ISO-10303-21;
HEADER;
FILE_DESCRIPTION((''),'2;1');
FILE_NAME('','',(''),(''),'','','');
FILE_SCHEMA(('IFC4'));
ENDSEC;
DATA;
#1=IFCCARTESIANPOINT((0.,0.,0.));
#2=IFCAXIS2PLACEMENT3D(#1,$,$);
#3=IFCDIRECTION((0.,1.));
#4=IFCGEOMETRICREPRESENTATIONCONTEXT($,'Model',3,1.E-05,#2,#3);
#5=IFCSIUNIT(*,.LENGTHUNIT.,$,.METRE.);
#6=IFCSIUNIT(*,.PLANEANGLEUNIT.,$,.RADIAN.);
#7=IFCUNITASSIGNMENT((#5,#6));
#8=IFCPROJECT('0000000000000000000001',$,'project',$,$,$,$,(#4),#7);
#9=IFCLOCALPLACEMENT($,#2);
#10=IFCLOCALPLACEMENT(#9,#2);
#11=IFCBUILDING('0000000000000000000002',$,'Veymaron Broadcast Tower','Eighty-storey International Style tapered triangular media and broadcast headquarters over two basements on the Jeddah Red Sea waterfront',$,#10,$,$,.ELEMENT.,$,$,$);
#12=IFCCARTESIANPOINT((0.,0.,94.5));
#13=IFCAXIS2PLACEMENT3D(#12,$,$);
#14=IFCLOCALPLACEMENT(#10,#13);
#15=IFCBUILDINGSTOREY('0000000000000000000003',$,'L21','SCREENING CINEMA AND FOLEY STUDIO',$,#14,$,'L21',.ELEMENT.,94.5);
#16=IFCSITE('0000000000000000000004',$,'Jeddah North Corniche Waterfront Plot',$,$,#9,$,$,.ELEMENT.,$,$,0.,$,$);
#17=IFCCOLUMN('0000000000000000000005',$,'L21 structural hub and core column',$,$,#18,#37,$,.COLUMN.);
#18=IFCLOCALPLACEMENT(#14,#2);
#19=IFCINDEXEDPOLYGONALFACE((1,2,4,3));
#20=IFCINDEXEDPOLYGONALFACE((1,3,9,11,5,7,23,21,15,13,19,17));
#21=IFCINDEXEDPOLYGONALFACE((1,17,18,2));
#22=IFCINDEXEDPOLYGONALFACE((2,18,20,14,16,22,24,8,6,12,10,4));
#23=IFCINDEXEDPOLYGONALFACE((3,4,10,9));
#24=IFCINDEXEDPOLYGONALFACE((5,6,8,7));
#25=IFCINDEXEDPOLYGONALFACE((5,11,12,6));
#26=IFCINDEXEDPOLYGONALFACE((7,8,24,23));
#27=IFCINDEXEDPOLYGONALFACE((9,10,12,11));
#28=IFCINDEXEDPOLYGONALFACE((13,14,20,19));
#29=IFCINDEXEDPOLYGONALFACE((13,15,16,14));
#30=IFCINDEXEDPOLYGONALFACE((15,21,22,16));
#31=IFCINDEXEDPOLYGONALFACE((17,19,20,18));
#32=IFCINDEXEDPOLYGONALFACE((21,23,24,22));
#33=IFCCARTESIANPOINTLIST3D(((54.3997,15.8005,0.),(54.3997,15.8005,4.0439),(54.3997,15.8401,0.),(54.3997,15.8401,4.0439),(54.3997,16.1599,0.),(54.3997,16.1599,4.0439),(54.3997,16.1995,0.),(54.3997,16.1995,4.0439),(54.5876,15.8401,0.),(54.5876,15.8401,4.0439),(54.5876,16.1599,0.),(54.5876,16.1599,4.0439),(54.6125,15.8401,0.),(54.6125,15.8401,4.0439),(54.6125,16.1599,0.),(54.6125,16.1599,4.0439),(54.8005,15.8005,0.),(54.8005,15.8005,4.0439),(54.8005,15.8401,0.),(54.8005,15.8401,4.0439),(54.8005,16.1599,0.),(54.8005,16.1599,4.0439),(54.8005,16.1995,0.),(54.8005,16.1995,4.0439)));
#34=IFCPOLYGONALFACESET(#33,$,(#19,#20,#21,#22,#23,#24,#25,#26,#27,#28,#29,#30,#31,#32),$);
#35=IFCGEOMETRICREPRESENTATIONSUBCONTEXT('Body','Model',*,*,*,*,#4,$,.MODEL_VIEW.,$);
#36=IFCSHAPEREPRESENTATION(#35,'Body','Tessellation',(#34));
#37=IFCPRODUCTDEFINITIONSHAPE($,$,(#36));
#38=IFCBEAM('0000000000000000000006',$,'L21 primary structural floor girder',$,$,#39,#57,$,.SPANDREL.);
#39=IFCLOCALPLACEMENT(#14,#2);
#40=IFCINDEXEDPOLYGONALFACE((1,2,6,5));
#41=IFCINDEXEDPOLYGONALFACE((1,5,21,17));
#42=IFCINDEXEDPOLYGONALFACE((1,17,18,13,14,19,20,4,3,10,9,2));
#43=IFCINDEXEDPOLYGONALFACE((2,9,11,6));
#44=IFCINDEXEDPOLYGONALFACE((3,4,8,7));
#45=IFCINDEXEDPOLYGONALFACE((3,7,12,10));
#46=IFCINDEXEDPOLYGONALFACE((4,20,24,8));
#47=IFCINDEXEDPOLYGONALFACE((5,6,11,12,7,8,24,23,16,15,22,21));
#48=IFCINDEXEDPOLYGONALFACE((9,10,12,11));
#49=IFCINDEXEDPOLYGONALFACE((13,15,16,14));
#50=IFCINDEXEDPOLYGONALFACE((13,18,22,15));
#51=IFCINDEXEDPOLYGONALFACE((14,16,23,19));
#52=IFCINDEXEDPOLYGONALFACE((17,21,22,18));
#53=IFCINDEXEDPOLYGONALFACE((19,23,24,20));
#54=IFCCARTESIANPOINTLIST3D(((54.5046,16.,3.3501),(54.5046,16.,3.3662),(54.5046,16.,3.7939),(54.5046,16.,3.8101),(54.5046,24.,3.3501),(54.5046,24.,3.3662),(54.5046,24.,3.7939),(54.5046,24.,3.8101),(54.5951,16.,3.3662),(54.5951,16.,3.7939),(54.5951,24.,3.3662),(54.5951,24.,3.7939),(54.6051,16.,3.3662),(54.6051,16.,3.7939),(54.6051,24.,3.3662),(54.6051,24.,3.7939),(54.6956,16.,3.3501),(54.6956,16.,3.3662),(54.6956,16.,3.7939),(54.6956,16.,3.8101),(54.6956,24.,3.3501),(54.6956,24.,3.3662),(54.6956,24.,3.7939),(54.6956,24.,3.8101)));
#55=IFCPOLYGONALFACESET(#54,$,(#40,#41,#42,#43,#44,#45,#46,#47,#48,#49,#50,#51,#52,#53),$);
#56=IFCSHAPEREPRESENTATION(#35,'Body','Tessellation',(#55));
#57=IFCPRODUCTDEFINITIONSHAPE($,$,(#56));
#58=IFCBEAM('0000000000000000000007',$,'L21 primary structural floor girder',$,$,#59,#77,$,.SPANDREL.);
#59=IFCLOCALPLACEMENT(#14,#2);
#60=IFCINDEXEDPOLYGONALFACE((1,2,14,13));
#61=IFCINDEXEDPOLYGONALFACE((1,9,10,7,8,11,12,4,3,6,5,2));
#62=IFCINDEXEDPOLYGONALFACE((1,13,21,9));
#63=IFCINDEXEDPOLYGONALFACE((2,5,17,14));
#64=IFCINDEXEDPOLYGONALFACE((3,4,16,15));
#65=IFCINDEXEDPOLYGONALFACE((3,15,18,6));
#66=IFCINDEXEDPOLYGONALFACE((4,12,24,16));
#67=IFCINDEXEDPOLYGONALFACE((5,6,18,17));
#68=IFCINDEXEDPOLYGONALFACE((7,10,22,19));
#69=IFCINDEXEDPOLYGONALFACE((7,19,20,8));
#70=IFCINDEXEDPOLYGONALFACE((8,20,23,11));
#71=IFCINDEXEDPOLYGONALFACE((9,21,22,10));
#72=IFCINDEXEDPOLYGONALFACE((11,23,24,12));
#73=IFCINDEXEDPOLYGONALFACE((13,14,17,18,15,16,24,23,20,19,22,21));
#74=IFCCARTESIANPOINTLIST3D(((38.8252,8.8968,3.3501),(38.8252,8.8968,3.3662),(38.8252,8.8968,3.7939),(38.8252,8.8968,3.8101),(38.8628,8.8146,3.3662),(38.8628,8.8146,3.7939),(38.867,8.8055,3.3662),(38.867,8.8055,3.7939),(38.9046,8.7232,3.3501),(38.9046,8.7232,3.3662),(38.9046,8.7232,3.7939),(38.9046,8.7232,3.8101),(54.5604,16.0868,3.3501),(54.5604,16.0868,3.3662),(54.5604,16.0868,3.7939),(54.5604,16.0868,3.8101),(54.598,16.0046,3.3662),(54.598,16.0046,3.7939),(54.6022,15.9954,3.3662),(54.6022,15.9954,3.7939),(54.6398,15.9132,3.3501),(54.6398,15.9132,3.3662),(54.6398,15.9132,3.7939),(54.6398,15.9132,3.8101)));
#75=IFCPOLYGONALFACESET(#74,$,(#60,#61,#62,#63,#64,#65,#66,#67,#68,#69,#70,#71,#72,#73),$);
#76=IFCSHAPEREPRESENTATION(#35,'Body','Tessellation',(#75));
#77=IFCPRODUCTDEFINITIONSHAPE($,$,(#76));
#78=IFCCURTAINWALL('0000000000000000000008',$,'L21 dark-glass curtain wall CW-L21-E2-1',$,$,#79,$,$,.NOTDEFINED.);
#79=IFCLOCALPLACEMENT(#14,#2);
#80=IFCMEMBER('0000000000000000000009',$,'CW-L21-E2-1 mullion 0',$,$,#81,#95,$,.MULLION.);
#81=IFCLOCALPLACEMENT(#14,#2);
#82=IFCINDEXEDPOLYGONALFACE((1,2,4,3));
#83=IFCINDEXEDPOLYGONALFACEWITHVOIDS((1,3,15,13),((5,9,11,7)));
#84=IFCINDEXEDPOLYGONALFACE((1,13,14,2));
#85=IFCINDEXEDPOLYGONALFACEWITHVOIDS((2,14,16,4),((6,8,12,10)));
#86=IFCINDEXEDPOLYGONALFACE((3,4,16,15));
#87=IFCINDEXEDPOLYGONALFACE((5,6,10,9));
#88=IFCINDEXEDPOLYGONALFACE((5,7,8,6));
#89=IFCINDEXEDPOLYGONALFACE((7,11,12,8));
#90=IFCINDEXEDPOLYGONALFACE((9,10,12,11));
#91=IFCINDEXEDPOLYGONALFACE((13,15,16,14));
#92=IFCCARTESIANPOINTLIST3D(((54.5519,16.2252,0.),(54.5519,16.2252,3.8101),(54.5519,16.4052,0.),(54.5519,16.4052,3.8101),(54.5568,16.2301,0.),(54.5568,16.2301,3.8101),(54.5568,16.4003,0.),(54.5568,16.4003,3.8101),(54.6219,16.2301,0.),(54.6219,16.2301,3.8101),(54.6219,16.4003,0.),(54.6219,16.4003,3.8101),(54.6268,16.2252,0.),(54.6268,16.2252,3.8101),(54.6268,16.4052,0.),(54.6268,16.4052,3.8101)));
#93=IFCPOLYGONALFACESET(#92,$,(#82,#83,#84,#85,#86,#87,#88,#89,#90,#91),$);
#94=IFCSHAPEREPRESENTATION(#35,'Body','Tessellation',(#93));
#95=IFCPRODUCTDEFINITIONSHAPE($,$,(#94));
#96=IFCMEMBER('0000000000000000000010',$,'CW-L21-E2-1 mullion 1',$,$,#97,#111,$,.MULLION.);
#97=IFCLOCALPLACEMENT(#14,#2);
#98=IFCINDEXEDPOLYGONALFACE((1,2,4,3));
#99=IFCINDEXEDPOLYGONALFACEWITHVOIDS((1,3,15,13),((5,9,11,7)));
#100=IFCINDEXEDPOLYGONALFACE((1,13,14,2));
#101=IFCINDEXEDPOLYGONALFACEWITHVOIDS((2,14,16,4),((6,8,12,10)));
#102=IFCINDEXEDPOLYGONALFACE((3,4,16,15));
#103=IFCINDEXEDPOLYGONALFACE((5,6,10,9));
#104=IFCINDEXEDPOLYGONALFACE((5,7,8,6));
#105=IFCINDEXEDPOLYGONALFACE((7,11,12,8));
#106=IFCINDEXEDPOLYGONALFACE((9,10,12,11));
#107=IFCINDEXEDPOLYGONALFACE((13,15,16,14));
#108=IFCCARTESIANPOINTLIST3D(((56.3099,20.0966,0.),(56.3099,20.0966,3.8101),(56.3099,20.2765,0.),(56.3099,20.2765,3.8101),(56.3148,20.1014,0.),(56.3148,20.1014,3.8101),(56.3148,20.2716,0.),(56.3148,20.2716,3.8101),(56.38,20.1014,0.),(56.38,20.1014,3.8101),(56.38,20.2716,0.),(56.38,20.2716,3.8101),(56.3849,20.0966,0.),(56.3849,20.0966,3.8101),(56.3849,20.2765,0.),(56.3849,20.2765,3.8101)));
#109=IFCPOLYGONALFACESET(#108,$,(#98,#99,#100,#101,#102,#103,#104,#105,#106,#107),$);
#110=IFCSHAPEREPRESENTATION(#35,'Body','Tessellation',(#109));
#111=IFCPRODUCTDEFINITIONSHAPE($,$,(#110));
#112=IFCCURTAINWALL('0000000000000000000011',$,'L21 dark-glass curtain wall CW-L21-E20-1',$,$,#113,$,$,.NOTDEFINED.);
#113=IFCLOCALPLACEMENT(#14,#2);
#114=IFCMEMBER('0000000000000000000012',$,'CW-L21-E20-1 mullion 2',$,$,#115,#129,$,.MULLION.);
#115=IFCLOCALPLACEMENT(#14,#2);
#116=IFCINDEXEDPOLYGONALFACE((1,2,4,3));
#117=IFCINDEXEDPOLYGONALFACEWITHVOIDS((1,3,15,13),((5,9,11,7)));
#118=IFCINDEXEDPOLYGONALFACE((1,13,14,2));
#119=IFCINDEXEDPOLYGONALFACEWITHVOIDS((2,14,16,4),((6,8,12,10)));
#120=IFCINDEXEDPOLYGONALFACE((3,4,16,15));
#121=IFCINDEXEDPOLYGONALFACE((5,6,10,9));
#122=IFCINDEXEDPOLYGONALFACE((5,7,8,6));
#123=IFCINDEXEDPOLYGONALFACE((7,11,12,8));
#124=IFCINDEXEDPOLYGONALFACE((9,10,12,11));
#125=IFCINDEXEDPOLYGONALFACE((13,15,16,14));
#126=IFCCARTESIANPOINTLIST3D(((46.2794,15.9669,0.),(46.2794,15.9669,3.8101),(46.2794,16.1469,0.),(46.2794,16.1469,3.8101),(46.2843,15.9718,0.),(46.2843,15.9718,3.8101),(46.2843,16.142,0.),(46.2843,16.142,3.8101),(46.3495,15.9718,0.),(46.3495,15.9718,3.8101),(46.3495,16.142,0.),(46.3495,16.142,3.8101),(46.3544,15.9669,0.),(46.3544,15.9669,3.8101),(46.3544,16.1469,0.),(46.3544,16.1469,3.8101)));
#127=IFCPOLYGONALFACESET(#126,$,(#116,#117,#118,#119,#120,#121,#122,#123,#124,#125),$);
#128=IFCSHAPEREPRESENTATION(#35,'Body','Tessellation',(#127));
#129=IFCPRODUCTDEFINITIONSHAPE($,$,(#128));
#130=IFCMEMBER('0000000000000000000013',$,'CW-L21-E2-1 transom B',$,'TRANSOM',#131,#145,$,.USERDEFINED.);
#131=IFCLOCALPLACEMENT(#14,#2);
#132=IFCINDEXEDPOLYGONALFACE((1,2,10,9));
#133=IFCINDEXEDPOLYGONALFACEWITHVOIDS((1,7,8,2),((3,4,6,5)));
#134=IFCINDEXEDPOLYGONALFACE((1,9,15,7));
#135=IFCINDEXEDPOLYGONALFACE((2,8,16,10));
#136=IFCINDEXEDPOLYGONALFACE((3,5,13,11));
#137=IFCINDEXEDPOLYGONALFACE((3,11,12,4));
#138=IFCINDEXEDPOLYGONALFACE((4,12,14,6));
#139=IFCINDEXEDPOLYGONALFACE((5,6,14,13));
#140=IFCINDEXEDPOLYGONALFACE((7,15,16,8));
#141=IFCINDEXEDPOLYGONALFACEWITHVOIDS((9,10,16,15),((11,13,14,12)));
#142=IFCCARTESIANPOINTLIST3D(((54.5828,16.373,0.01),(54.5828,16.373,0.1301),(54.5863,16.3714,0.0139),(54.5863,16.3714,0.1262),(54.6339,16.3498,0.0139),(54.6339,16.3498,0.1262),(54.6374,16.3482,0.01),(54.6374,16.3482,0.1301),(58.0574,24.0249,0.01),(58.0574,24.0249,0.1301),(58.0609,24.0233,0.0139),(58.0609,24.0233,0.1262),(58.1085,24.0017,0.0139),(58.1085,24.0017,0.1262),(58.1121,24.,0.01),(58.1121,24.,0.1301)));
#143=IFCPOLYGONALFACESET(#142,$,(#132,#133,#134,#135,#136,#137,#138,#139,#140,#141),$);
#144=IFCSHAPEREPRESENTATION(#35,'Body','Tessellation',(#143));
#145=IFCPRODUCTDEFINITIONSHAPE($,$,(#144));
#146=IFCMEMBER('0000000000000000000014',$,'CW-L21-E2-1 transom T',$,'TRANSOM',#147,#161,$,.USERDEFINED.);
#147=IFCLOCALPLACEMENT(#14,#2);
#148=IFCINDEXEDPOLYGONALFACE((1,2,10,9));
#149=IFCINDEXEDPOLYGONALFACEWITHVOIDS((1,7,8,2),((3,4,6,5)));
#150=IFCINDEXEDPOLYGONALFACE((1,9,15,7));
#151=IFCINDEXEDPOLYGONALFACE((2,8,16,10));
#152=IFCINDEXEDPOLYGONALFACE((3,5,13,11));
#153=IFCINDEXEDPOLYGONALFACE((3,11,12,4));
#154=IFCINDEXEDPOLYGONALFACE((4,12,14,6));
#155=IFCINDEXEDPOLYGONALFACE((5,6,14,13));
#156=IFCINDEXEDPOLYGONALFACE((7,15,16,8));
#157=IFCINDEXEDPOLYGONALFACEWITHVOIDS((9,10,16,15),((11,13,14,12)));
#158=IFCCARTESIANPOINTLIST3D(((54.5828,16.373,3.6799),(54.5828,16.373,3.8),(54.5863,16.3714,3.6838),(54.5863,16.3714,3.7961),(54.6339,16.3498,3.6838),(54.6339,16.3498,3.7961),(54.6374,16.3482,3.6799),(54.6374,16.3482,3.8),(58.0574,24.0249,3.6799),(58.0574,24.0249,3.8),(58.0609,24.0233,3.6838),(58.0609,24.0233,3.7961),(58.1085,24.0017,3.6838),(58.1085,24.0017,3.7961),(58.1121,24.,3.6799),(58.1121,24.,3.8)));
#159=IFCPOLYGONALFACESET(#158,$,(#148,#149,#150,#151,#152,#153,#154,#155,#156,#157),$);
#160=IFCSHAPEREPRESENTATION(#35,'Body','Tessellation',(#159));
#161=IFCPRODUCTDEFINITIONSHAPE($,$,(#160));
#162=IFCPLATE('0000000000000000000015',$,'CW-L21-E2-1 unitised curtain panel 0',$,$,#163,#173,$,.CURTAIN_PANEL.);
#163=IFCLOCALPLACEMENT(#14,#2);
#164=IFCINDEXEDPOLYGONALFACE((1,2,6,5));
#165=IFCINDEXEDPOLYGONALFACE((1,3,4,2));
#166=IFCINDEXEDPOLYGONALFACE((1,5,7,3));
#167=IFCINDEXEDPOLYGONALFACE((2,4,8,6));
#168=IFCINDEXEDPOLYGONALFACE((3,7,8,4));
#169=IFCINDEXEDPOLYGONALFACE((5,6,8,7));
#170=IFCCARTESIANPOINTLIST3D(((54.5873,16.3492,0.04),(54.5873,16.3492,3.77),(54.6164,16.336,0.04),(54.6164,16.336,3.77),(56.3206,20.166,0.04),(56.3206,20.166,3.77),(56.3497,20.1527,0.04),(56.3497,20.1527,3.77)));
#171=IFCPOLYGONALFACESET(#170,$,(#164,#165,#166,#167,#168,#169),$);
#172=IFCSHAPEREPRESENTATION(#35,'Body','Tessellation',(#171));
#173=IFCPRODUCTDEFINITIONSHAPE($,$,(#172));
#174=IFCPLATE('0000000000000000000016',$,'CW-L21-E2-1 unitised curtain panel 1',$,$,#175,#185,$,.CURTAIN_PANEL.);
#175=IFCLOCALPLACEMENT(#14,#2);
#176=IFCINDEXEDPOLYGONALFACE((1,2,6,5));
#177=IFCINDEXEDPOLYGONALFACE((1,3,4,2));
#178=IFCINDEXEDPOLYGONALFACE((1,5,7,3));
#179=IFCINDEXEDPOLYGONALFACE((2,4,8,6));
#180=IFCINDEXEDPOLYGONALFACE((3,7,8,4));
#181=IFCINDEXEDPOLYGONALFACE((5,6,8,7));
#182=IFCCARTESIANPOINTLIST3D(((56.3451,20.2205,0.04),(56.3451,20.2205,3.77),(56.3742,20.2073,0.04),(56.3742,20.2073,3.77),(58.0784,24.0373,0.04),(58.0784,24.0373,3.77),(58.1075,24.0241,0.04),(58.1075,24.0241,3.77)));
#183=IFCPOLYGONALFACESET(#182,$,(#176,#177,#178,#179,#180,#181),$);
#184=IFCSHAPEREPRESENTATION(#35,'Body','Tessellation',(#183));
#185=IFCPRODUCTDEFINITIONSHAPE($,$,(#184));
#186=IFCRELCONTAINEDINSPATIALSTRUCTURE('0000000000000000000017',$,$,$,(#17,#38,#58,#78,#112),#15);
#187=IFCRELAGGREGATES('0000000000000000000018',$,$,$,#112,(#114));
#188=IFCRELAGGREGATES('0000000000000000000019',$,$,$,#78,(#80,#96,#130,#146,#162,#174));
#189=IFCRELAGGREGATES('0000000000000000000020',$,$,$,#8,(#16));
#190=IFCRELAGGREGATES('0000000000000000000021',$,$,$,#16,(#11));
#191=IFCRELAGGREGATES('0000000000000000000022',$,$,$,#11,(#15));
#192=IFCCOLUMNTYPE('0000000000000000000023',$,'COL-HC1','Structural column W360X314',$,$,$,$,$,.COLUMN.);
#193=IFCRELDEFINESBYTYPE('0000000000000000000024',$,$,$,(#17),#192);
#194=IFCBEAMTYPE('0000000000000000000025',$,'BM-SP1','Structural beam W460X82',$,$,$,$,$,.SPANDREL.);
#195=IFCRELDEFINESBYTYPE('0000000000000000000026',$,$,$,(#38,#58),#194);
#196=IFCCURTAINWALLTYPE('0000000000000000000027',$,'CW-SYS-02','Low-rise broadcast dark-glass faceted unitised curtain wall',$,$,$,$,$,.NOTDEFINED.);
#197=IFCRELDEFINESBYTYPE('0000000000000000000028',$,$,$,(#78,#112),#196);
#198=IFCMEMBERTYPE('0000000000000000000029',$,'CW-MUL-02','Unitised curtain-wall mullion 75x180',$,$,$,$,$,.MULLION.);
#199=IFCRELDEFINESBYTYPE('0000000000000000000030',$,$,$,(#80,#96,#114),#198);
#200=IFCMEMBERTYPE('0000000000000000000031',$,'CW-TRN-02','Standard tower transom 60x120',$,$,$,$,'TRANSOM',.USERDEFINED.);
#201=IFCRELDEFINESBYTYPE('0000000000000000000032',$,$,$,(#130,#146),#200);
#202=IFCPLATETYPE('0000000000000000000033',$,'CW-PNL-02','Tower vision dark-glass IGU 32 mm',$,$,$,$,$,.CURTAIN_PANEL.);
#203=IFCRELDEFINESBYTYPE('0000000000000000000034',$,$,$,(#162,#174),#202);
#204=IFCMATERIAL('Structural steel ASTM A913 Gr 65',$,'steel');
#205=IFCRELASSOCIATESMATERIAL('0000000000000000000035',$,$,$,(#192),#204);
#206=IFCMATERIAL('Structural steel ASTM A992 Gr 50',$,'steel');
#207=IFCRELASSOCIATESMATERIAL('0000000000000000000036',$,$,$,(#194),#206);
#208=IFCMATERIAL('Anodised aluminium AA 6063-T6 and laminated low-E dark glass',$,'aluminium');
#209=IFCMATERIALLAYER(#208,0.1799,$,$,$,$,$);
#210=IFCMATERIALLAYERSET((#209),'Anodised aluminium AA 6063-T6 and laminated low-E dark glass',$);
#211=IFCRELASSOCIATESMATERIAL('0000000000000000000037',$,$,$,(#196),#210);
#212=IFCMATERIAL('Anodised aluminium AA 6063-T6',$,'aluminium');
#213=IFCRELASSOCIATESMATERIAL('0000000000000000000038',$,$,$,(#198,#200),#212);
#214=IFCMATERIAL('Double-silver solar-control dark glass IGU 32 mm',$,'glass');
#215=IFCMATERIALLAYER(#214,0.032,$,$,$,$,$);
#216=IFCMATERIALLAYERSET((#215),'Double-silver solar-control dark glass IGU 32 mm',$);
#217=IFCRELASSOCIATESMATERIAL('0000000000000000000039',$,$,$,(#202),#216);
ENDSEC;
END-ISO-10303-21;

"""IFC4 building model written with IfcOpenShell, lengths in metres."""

from ifc_helpers import new_model, si_unit, direction, frame, origin, origin_2d, place, context, subcontext, project, spatial, rectangle, hollow_rectangle, i_section, extrude, material, layer, layer_set, material_profile, profile_set, type_object, element, aggregate, save


model = new_model("IFC4")

# Units and contexts
model_context = context("Model", 3, precision=1e-05, world=origin(), true_north=direction((0.0, 1.0)))
body_context = subcontext(model_context, "Body", "Model", "MODEL_VIEW")
ifc_project = project(units=[si_unit("LENGTHUNIT", "METRE"), si_unit("PLANEANGLEUNIT", "RADIAN")], contexts=[model_context])

# Site, building, storey
site_placement = place(None, origin())
site = spatial("IfcSite", under=ifc_project, at=site_placement, Name="Jeddah North Corniche Waterfront Plot", CompositionType="ELEMENT", RefElevation=0.0)
building_placement = place(site_placement, origin())
building = spatial("IfcBuilding", under=site, at=building_placement, Name="Veymaron Broadcast Tower", Description="Eighty-storey International Style tapered triangular media and broadcast headquarters over two basements on the Jeddah Red Sea waterfront", CompositionType="ELEMENT")
storey_placement = place(building_placement, frame((0.0, 0.0, 94.5)))
storey = spatial("IfcBuildingStorey", under=building, at=storey_placement, Name="L21", Description="SCREENING CINEMA AND FOLEY STUDIO", LongName="L21", CompositionType="ELEMENT", Elevation=94.5)

# Column
ifc_material_1 = material(Name="Structural steel ASTM A913 Gr 65", Category="steel")
ifc_material_profile_1 = material_profile(ifc_material_1, i_section(OverallWidth=0.4009, OverallDepth=0.3989, WebThickness=0.0249, FlangeThickness=0.0396, at=origin_2d()), Name="W360X314")
ifc_profile_set_1 = profile_set([ifc_material_profile_1], Name="Structural steel ASTM A913 Gr 65")
column_type = type_object("IfcColumnType", Name="COL-HC1", Description="Structural column W360X314", PredefinedType="COLUMN", material=ifc_profile_set_1)
column_placement = place(storey_placement, frame((54.6001, 16.0, 0.0), z_axis=(0.0, 0.0, 1.0), x_axis=(1.0, 0.0, 0.0)))
element("IfcColumn", 1, at=column_placement, inside=storey, type_object=column_type, Name="L21 structural hub and core column", PredefinedType="COLUMN", context=body_context, shape_type="SweptSolid", body=[
    extrude(i_section(OverallWidth=0.4009, OverallDepth=0.3989, WebThickness=0.0249, FlangeThickness=0.0396, at=origin_2d()), origin(), (0.0, 0.0, 1.0), 4.0439),
])

# Beams
ifc_material_2 = material(Name="Structural steel ASTM A992 Gr 50", Category="steel")
ifc_material_profile_2 = material_profile(ifc_material_2, i_section(OverallWidth=0.1909, OverallDepth=0.46, WebThickness=0.01, FlangeThickness=0.0161, at=origin_2d()), Name="W460X82")
ifc_profile_set_2 = profile_set([ifc_material_profile_2], Name="Structural steel ASTM A992 Gr 50")
beam_type = type_object("IfcBeamType", Name="BM-SP1", Description="Structural beam W460X82", PredefinedType="SPANDREL", material=ifc_profile_set_2)
beam_1_placement = place(storey_placement, frame((54.6001, 16.0, 3.5801), z_axis=(0.0, 1.0, 0.0), x_axis=(-1.0, 0.0, 0.0)))
element("IfcBeam", 2, at=beam_1_placement, inside=storey, type_object=beam_type, Name="L21 primary structural floor girder", PredefinedType="SPANDREL", context=body_context, shape_type="SweptSolid", body=[
    extrude(i_section(OverallWidth=0.1909, OverallDepth=0.46, WebThickness=0.01, FlangeThickness=0.0161, at=origin_2d()), origin(), (0.0, 0.0, 1.0), 8.0),
])
beam_2_placement = place(storey_placement, frame((54.6001, 16.0, 3.5801), z_axis=(-0.909546, -0.415604, 0.0), x_axis=(0.415604, -0.909546, 0.0)))
element("IfcBeam", 3, at=beam_2_placement, inside=storey, type_object=beam_type, Name="L21 primary structural floor girder", PredefinedType="SPANDREL", context=body_context, shape_type="SweptSolid", body=[
    extrude(i_section(OverallWidth=0.1909, OverallDepth=0.46, WebThickness=0.01, FlangeThickness=0.0161, at=origin_2d()), origin(), (0.0, 0.0, 1.0), 17.3),
])

# Curtain wall, members
ifc_material_3 = material(Name="Anodised aluminium AA 6063-T6 and laminated low-E dark glass", Category="aluminium")
ifc_layer_1 = layer(ifc_material_3, 0.1799)
ifc_layer_set_1 = layer_set([ifc_layer_1], Name="Anodised aluminium AA 6063-T6 and laminated low-E dark glass")
curtain_wall_type = type_object("IfcCurtainWallType", Name="CW-SYS-02", Description="Low-rise broadcast dark-glass faceted unitised curtain wall", PredefinedType="NOTDEFINED", material=ifc_layer_set_1)
curtain_wall_1_placement = place(storey_placement, origin())
curtain_wall_1 = element("IfcCurtainWall", 4, at=curtain_wall_1_placement, inside=storey, type_object=curtain_wall_type, Name="L21 dark-glass curtain wall CW-L21-E2-1", PredefinedType="NOTDEFINED")
ifc_material_4 = material(Name="Anodised aluminium AA 6063-T6", Category="aluminium")
ifc_material_profile_3 = material_profile(ifc_material_4, hollow_rectangle(XDim=0.075, YDim=0.1799, WallThickness=0.0049, at=origin_2d()), Name="AL180X75X5")
ifc_profile_set_3 = profile_set([ifc_material_profile_3], Name="Anodised aluminium AA 6063-T6")
member_type_1 = type_object("IfcMemberType", Name="CW-MUL-02", Description="Unitised curtain-wall mullion 75x180", PredefinedType="MULLION", material=ifc_profile_set_3)
member_1_placement = place(storey_placement, frame((54.5894, 16.3152, 0.0), z_axis=(0.0, 0.0, 1.0), x_axis=(1.0, 0.0, 0.0)))
member_1 = element("IfcMember", 5, at=member_1_placement, type_object=member_type_1, Name="CW-L21-E2-1 mullion 0", PredefinedType="MULLION", context=body_context, shape_type="SweptSolid", body=[
    extrude(hollow_rectangle(XDim=0.075, YDim=0.1799, WallThickness=0.0049, at=origin_2d()), origin(), (0.0, 0.0, 1.0), 3.8101),
])
member_2_placement = place(storey_placement, frame((56.3474, 20.1865, 0.0), z_axis=(0.0, 0.0, 1.0), x_axis=(1.0, 0.0, 0.0)))
member_2 = element("IfcMember", 6, at=member_2_placement, type_object=member_type_1, Name="CW-L21-E2-1 mullion 1", PredefinedType="MULLION", context=body_context, shape_type="SweptSolid", body=[
    extrude(hollow_rectangle(XDim=0.075, YDim=0.1799, WallThickness=0.0049, at=origin_2d()), origin(), (0.0, 0.0, 1.0), 3.8101),
])

# Curtain wall, member
curtain_wall_2_placement = place(storey_placement, origin())
curtain_wall_2 = element("IfcCurtainWall", 7, at=curtain_wall_2_placement, inside=storey, type_object=curtain_wall_type, Name="L21 dark-glass curtain wall CW-L21-E20-1", PredefinedType="NOTDEFINED")
member_3_placement = place(storey_placement, frame((46.3169, 16.0569, 0.0), z_axis=(0.0, 0.0, 1.0), x_axis=(1.0, 0.0, 0.0)))
member_3 = element("IfcMember", 8, at=member_3_placement, type_object=member_type_1, Name="CW-L21-E20-1 mullion 2", PredefinedType="MULLION", context=body_context, shape_type="SweptSolid", body=[
    extrude(hollow_rectangle(XDim=0.075, YDim=0.1799, WallThickness=0.0049, at=origin_2d()), origin(), (0.0, 0.0, 1.0), 3.8101),
])
aggregate(curtain_wall_2, [member_3])

# Members
ifc_material_profile_4 = material_profile(ifc_material_4, hollow_rectangle(XDim=0.0601, YDim=0.1201, WallThickness=0.0039, at=origin_2d()), Name="AL120X60X4")
ifc_profile_set_4 = profile_set([ifc_material_profile_4], Name="Anodised aluminium AA 6063-T6")
member_type_2 = type_object("IfcMemberType", Name="CW-TRN-02", Description="Standard tower transom 60x120", ElementType="TRANSOM", PredefinedType="USERDEFINED", material=ifc_profile_set_4)
member_4_placement = place(storey_placement, frame((54.6101, 16.3606, 0.0701), z_axis=(0.413457, 0.910524, 0.0), x_axis=(-0.910524, 0.413457, 0.0)))
member_4 = element("IfcMember", 9, at=member_4_placement, type_object=member_type_2, Name="CW-L21-E2-1 transom B", ObjectType="TRANSOM", PredefinedType="USERDEFINED", context=body_context, shape_type="SweptSolid", body=[
    extrude(hollow_rectangle(XDim=0.0601, YDim=0.1201, WallThickness=0.0039, at=origin_2d()), origin(), (0.0, 0.0, 1.0), 8.4038),
])
member_5_placement = place(storey_placement, frame((54.6101, 16.3606, 3.74), z_axis=(0.413457, 0.910524, 0.0), x_axis=(-0.910524, 0.413457, 0.0)))
member_5 = element("IfcMember", 10, at=member_5_placement, type_object=member_type_2, Name="CW-L21-E2-1 transom T", ObjectType="TRANSOM", PredefinedType="USERDEFINED", context=body_context, shape_type="SweptSolid", body=[
    extrude(hollow_rectangle(XDim=0.0601, YDim=0.1201, WallThickness=0.0039, at=origin_2d()), origin(), (0.0, 0.0, 1.0), 8.4038),
])

# Plates
ifc_material_5 = material(Name="Double-silver solar-control dark glass IGU 32 mm", Category="glass")
ifc_layer_2 = layer(ifc_material_5, 0.032)
ifc_layer_set_2 = layer_set([ifc_layer_2], Name="Double-silver solar-control dark glass IGU 32 mm")
plate_type = type_object("IfcPlateType", Name="CW-PNL-02", Description="Tower vision dark-glass IGU 32 mm", PredefinedType="CURTAIN_PANEL", material=ifc_layer_set_2)
plate_1_placement = place(storey_placement, frame((55.4685, 18.251, 0.04), z_axis=(0.0, 0.0, 1.0), x_axis=(0.413486, 0.910511, 0.0)))
plate_1 = element("IfcPlate", 11, at=plate_1_placement, type_object=plate_type, Name="CW-L21-E2-1 unitised curtain panel 0", PredefinedType="CURTAIN_PANEL", context=body_context, shape_type="SweptSolid", body=[
    extrude(rectangle(XDim=4.1919, YDim=0.032, at=origin_2d()), origin(), (0.0, 0.0, 1.0), 3.73),
])
plate_2_placement = place(storey_placement, frame((57.2263, 22.1223, 0.04), z_axis=(0.0, 0.0, 1.0), x_axis=(0.413486, 0.910511, 0.0)))
plate_2 = element("IfcPlate", 12, at=plate_2_placement, type_object=plate_type, Name="CW-L21-E2-1 unitised curtain panel 1", PredefinedType="CURTAIN_PANEL", context=body_context, shape_type="SweptSolid", body=[
    extrude(rectangle(XDim=4.1919, YDim=0.032, at=origin_2d()), origin(), (0.0, 0.0, 1.0), 3.73),
])
aggregate(curtain_wall_1, [member_1, member_2, member_4, member_5, plate_1, plate_2])

save(model, "model.ifc")
